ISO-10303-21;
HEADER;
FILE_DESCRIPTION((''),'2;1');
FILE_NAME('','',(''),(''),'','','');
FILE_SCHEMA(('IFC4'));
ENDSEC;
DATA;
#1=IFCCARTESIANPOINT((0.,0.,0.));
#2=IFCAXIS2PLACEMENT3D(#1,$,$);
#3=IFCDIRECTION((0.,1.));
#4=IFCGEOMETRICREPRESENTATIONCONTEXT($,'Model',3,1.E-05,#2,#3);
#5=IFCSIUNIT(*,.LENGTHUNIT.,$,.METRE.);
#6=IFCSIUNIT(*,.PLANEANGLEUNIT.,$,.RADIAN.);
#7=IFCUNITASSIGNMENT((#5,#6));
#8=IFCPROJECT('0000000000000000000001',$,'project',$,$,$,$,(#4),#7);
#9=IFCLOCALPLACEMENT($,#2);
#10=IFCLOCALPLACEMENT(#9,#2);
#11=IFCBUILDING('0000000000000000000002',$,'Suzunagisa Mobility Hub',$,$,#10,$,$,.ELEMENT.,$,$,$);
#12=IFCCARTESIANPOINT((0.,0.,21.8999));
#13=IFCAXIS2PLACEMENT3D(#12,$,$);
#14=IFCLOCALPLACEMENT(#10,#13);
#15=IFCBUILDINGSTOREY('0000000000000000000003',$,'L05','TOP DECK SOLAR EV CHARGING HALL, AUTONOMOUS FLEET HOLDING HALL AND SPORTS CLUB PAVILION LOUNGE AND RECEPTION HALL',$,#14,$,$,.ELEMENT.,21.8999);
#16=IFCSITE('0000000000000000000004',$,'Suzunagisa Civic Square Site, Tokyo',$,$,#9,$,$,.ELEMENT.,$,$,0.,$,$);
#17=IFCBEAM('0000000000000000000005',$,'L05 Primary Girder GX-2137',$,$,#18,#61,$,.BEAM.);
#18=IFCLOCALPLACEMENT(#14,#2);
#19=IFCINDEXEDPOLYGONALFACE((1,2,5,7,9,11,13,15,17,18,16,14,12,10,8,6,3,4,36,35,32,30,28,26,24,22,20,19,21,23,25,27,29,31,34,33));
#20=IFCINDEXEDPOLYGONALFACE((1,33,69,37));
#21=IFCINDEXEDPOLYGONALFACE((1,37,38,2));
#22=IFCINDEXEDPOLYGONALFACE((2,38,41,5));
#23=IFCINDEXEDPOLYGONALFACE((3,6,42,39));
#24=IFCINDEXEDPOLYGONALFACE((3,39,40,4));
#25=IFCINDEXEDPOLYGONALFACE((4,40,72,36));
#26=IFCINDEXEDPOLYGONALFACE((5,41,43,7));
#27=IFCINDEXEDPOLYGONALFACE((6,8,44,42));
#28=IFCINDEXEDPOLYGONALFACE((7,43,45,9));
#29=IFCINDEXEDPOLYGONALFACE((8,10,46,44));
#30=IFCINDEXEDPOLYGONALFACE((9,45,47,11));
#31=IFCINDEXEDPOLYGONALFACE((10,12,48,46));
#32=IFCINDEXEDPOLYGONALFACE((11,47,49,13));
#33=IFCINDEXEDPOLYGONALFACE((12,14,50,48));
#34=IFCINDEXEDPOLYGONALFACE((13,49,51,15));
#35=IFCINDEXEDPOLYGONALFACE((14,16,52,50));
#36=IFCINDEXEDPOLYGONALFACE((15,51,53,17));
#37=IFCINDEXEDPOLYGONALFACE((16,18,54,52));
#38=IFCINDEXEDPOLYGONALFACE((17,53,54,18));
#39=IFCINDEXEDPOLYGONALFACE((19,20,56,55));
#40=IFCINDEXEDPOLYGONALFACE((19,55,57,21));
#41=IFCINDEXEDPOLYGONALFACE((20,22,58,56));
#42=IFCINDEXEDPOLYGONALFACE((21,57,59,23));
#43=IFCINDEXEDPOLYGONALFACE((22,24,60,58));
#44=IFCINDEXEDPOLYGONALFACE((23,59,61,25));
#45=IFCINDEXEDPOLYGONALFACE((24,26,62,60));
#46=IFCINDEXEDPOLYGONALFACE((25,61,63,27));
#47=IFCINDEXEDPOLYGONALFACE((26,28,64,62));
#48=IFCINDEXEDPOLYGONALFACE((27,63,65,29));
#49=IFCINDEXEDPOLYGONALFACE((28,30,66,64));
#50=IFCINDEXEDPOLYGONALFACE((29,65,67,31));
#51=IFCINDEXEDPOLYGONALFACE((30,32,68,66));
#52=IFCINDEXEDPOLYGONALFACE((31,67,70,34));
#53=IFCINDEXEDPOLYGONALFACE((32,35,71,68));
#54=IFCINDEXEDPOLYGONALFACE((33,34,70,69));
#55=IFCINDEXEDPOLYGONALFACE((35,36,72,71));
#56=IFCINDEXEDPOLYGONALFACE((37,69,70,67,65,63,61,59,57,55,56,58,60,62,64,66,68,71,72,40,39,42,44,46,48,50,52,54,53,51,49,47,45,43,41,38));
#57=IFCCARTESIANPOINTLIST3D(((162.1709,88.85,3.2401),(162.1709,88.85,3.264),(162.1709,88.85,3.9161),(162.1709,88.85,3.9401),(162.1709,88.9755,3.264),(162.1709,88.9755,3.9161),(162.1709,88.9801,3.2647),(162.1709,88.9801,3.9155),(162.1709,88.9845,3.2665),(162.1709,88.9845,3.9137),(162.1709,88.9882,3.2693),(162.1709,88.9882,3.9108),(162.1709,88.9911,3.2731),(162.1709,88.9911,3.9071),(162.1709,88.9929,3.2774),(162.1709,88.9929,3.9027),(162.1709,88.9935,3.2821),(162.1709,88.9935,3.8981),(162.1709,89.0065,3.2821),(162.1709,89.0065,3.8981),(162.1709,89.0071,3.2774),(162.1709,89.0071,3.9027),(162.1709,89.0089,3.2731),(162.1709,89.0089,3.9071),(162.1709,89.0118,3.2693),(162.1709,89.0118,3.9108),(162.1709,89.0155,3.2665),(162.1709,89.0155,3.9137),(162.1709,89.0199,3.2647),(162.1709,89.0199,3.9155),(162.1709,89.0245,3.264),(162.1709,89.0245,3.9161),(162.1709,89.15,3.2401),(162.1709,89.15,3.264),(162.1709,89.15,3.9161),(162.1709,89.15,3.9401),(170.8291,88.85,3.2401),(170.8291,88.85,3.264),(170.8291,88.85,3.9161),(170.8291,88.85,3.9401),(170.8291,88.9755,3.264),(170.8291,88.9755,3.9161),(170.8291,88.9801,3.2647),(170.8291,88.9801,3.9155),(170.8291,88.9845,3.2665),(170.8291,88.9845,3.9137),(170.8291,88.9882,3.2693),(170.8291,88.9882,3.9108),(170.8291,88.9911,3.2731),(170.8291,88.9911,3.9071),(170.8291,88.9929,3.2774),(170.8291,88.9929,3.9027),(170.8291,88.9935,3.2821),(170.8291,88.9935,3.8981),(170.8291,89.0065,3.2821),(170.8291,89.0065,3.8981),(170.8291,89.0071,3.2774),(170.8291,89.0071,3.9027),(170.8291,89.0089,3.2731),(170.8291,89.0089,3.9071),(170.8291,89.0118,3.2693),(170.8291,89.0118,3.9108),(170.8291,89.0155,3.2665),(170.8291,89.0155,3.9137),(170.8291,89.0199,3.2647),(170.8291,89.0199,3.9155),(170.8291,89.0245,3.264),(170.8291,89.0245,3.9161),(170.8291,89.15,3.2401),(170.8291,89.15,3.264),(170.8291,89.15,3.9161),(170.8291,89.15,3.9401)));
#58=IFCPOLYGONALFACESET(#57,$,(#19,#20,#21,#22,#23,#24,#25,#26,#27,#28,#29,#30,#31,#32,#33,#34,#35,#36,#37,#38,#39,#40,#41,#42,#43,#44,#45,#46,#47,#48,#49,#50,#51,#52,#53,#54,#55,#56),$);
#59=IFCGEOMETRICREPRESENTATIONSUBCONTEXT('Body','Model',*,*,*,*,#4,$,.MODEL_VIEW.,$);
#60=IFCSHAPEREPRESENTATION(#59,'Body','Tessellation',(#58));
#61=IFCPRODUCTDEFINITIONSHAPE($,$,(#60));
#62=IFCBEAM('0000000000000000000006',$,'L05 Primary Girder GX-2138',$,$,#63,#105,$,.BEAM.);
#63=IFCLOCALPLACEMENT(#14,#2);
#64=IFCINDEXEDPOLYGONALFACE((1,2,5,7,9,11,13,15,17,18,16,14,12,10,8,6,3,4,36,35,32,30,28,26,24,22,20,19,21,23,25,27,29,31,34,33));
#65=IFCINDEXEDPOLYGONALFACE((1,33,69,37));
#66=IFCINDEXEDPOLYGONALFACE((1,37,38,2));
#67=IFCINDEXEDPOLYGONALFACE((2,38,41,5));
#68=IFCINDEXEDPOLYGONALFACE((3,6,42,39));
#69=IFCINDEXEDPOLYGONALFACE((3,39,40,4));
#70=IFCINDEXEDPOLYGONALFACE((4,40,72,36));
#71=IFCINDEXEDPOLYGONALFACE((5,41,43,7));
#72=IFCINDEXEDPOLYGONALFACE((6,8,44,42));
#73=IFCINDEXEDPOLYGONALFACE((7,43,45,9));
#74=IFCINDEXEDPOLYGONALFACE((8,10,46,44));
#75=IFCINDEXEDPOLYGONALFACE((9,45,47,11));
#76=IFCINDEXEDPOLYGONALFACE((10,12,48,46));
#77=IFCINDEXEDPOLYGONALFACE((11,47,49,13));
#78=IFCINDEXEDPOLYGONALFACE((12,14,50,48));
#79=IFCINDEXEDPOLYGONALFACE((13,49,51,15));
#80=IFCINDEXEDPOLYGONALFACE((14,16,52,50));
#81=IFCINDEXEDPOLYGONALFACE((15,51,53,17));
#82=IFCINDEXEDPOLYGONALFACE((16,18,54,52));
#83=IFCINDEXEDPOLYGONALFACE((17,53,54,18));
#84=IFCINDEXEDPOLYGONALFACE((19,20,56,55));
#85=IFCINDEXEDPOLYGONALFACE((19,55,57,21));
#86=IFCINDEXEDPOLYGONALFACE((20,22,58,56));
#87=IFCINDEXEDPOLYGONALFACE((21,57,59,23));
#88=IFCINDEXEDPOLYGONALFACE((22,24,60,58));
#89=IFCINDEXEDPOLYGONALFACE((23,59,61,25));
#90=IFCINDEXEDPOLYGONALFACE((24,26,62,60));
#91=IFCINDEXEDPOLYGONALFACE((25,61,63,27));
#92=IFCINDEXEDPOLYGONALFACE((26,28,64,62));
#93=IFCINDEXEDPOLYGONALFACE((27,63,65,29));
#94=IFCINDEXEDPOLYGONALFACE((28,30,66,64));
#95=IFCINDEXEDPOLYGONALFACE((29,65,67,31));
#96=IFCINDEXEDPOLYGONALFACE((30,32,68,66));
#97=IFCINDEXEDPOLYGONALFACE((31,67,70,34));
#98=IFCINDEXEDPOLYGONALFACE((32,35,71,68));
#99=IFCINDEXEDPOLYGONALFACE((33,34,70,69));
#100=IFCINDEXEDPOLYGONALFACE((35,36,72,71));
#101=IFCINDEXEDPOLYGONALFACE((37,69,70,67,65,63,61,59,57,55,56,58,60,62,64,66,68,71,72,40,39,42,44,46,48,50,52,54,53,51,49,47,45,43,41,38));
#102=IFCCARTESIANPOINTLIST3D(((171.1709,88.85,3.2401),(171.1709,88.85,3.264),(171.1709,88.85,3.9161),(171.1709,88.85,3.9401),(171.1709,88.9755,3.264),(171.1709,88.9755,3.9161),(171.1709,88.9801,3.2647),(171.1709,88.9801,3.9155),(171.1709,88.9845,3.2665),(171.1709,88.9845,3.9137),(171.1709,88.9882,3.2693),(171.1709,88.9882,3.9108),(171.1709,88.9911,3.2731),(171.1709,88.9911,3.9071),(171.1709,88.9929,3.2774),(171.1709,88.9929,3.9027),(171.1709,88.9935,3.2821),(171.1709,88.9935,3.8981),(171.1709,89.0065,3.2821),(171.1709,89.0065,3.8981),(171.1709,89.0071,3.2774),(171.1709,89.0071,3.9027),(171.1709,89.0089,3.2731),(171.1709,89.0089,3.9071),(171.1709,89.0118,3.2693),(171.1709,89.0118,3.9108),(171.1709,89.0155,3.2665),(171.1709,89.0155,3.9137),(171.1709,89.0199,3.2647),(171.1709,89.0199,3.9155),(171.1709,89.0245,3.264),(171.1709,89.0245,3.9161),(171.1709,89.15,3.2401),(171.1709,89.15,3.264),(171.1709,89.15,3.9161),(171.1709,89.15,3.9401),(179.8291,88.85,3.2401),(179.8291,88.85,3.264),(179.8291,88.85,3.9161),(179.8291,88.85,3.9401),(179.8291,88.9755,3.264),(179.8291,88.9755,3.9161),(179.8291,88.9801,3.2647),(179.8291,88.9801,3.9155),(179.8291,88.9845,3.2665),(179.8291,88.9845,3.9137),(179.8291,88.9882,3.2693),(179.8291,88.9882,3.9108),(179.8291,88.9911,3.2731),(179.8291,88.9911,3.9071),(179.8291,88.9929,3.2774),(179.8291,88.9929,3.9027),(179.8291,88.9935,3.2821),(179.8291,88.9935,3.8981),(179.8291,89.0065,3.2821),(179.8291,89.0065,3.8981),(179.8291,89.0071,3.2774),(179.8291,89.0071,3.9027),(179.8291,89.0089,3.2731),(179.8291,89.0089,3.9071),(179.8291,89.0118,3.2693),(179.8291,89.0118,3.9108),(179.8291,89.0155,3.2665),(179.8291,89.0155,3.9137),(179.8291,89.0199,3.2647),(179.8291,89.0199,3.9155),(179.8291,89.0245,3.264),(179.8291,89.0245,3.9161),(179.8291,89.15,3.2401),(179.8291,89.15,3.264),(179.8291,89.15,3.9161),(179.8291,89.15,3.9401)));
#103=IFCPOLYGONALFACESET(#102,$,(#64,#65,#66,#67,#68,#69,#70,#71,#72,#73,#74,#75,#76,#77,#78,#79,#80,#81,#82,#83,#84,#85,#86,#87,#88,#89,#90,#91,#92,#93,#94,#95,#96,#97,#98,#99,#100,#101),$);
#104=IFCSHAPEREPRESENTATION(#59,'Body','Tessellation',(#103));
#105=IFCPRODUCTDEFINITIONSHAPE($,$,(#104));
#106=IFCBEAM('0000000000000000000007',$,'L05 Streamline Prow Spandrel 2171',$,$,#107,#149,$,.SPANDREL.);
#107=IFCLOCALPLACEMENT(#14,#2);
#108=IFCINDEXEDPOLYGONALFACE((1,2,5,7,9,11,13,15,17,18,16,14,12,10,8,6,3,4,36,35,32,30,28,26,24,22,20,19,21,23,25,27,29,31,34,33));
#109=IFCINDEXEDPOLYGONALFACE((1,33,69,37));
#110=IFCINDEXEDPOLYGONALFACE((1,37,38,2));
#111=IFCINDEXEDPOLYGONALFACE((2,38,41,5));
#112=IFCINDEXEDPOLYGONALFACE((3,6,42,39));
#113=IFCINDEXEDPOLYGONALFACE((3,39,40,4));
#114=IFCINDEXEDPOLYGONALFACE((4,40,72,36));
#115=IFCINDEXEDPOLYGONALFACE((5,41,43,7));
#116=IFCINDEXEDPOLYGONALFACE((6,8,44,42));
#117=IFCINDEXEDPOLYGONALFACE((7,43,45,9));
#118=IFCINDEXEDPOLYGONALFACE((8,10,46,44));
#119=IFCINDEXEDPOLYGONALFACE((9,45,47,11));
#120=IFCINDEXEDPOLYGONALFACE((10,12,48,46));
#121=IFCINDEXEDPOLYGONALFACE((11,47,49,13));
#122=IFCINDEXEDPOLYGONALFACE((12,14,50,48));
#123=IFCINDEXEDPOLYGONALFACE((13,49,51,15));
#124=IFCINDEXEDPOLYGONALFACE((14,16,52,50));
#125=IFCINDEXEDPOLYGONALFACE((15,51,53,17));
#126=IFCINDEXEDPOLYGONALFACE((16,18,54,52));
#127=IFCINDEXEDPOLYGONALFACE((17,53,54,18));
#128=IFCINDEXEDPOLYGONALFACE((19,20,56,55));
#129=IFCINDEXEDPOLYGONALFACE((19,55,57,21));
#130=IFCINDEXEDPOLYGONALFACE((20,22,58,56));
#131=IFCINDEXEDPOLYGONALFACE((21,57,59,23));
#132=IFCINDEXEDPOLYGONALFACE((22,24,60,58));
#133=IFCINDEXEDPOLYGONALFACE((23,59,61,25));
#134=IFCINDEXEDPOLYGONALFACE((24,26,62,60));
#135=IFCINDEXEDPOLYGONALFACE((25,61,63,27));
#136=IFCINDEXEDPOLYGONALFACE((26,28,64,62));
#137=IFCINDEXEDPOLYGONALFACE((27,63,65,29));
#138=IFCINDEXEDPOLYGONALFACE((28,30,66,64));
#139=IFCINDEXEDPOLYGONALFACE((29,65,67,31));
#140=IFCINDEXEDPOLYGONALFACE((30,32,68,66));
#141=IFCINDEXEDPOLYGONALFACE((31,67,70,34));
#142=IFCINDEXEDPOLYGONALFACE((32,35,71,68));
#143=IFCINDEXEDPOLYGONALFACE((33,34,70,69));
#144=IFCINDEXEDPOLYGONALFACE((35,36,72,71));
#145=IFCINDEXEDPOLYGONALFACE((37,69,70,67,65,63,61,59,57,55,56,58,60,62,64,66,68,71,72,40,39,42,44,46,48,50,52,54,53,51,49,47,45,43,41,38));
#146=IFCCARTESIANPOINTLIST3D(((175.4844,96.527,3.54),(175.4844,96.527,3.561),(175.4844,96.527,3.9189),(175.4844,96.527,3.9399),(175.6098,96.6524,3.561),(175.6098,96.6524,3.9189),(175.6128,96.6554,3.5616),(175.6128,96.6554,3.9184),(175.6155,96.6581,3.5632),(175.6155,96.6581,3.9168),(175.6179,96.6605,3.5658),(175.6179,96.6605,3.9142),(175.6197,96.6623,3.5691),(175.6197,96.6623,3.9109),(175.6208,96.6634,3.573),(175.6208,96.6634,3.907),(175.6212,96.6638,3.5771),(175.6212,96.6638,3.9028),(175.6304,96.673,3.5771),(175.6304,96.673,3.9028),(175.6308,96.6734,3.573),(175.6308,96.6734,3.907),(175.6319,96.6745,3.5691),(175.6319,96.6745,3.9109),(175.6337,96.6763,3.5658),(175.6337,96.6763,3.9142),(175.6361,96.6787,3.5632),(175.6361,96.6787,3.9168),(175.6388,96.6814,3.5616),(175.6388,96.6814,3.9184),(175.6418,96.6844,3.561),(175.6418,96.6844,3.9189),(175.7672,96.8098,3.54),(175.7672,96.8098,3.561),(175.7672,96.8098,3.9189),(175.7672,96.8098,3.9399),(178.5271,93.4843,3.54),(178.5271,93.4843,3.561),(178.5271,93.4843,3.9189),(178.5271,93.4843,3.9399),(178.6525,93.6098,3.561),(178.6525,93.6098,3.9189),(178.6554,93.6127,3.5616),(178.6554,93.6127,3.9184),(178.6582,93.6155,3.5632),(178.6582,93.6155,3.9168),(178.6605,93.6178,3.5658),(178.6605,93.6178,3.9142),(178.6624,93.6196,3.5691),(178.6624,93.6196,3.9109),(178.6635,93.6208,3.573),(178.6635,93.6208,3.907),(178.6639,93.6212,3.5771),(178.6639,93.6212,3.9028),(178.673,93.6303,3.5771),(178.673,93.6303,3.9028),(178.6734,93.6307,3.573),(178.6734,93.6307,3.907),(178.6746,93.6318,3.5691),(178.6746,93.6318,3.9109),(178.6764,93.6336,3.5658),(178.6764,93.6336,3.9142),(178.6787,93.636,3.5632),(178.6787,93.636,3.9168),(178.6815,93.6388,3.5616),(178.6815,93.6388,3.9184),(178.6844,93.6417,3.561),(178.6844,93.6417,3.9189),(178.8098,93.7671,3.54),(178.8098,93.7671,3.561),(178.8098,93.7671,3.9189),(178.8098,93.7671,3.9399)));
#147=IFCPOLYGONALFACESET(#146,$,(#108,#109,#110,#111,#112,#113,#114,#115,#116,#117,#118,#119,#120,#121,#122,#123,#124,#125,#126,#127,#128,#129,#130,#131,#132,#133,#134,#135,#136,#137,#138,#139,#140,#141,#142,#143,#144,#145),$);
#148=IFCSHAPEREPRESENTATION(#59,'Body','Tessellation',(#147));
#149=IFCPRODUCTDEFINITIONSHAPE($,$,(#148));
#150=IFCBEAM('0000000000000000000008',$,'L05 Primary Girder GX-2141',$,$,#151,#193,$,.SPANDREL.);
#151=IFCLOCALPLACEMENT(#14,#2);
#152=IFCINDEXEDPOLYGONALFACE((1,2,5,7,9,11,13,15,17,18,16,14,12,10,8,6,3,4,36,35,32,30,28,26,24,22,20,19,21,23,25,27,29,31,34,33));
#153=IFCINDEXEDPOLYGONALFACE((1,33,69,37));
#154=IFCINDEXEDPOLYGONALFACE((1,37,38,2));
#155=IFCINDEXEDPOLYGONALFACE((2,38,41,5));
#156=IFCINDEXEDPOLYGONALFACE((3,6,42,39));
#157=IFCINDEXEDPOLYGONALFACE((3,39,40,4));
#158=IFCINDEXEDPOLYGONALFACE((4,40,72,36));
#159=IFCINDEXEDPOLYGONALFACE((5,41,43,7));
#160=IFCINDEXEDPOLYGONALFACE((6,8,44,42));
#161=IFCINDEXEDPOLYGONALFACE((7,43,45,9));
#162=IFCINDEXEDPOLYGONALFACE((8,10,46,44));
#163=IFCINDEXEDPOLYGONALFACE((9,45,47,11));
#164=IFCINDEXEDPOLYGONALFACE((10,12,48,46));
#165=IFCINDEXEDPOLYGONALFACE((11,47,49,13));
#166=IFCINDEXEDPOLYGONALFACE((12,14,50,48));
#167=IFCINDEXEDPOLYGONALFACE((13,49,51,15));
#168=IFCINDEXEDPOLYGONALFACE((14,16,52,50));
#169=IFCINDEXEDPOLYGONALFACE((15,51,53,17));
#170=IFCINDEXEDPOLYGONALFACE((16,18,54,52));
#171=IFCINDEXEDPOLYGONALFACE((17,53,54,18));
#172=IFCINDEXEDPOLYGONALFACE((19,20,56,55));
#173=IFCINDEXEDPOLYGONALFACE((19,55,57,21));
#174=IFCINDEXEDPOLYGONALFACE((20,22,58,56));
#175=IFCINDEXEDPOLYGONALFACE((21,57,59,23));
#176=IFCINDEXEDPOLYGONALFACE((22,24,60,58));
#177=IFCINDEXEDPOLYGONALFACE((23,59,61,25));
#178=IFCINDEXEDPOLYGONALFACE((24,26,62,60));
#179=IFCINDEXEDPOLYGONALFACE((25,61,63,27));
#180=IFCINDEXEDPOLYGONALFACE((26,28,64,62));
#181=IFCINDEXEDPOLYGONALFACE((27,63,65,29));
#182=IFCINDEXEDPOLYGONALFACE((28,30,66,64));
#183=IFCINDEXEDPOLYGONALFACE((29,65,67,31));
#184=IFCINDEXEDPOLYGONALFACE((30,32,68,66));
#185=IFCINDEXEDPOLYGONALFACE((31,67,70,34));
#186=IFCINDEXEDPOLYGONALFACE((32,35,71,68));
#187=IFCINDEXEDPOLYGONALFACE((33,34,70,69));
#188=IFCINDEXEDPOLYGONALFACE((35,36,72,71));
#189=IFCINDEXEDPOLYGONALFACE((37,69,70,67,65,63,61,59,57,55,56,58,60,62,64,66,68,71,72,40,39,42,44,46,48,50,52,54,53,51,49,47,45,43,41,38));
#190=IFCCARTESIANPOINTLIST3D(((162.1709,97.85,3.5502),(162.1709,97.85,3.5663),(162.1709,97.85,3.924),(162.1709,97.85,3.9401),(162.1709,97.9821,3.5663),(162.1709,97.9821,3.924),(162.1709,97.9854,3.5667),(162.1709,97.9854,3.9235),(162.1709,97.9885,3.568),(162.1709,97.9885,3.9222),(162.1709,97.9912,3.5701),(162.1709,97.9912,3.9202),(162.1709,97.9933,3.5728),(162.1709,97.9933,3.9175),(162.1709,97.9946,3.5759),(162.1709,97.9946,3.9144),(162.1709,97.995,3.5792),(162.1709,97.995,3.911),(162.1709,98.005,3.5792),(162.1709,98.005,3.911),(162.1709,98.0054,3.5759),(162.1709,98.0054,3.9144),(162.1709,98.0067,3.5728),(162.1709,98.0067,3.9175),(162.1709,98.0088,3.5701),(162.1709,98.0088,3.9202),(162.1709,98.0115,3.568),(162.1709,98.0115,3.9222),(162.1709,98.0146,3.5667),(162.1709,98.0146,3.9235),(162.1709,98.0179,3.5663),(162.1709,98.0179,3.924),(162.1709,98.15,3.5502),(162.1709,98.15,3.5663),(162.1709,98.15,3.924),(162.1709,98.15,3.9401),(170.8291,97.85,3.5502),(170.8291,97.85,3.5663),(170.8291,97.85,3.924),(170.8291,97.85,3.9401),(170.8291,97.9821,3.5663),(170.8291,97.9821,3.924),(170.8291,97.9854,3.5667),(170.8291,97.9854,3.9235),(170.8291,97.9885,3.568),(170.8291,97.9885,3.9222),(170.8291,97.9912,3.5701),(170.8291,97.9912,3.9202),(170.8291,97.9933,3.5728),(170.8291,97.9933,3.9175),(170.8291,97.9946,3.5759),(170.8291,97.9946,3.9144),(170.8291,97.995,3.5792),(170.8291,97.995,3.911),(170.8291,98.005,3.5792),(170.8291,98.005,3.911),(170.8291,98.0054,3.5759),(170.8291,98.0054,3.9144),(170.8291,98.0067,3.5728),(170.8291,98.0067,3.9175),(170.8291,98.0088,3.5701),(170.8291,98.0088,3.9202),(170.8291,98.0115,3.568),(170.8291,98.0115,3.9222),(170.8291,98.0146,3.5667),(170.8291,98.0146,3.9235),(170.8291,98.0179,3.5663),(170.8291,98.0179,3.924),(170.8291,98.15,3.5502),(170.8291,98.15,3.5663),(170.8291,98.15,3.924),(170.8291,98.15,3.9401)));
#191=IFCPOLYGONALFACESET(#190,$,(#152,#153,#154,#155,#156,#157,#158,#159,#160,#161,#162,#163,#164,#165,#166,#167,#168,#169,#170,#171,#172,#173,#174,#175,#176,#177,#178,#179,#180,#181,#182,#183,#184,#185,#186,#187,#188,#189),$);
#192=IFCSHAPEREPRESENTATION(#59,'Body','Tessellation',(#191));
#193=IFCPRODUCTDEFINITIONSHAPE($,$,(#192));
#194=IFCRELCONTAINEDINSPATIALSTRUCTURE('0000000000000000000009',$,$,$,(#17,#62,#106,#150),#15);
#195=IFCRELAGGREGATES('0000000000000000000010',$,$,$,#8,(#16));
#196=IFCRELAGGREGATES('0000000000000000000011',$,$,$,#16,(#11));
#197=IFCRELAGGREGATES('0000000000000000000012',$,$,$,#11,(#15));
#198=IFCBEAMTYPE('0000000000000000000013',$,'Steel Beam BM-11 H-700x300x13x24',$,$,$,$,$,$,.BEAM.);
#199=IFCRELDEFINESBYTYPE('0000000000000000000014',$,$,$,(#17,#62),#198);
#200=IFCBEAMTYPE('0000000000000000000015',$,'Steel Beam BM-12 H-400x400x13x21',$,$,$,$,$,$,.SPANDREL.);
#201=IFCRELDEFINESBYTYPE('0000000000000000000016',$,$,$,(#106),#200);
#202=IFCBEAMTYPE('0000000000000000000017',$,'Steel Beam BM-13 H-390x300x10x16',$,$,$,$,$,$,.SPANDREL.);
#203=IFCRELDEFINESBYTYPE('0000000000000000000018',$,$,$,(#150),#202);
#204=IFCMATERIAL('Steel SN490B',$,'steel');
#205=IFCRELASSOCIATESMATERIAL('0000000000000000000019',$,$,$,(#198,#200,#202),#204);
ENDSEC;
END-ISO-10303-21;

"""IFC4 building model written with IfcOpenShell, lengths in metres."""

from ifc_helpers import new_model, si_unit, direction, frame, origin, origin_2d, place, context, subcontext, project, spatial, i_section, extrude, material, material_profile, profile_set, type_object, element, save


model = new_model("IFC4")

# Units and contexts
model_context = context("Model", 3, precision=1e-05, world=origin(), true_north=direction((0.0, 1.0)))
body_context = subcontext(model_context, "Body", "Model", "MODEL_VIEW")
ifc_project = project(units=[si_unit("LENGTHUNIT", "METRE"), si_unit("PLANEANGLEUNIT", "RADIAN")], contexts=[model_context])

# Site, building, storey
site_placement = place(None, origin())
site = spatial("IfcSite", under=ifc_project, at=site_placement, Name="Suzunagisa Civic Square Site, Tokyo", CompositionType="ELEMENT", RefElevation=0.0)
building_placement = place(site_placement, origin())
building = spatial("IfcBuilding", under=site, at=building_placement, Name="Suzunagisa Mobility Hub", CompositionType="ELEMENT")
storey_placement = place(building_placement, frame((0.0, 0.0, 21.8999)))
storey = spatial("IfcBuildingStorey", under=building, at=storey_placement, Name="L05", Description="TOP DECK SOLAR EV CHARGING HALL, AUTONOMOUS FLEET HOLDING HALL AND SPORTS CLUB PAVILION LOUNGE AND RECEPTION HALL", CompositionType="ELEMENT", Elevation=21.8999)

# Shared definitions
ifc_material_1 = material(Name="Steel SN490B", Category="steel")

# Beams
ifc_material_profile_1 = material_profile(ifc_material_1, i_section(OverallWidth=0.3, OverallDepth=0.7, WebThickness=0.0129, FlangeThickness=0.0239, FilletRadius=0.0181, at=origin_2d()), Name="H-700x300x13x24")
ifc_profile_set_1 = profile_set([ifc_material_profile_1], Name="Steel SN490B")
beam_type_1 = type_object("IfcBeamType", Name="Steel Beam BM-11 H-700x300x13x24", PredefinedType="BEAM", material=ifc_profile_set_1)
for number, where, z_axis, x_axis, name in (
    (1, (162.1709, 89.0, 3.5901), (1.0, 0.0, 0.0), (0.0, 1.0, 0.0), "L05 Primary Girder GX-2137"),
    (2, (171.1709, 89.0, 3.5901), (1.0, 0.0, 0.0), (0.0, 1.0, 0.0), "L05 Primary Girder GX-2138"),
):
    element("IfcBeam", number, at=place(storey_placement, frame(where, z_axis=z_axis, x_axis=x_axis)), inside=storey, type_object=beam_type_1, Name=name, PredefinedType="BEAM", context=body_context, shape_type="SweptSolid", body=[
        extrude(i_section(OverallWidth=0.3, OverallDepth=0.7, WebThickness=0.0129, FlangeThickness=0.0239, FilletRadius=0.0181, at=origin_2d()), origin(), (0.0, 0.0, 1.0), 8.6582),
    ])
ifc_material_profile_2 = material_profile(ifc_material_1, i_section(OverallWidth=0.3999, OverallDepth=0.3999, WebThickness=0.0129, FlangeThickness=0.021, FilletRadius=0.0161, at=origin_2d()), Name="H-400x400x13x21")
ifc_profile_set_2 = profile_set([ifc_material_profile_2], Name="Steel SN490B")
beam_type_2 = type_object("IfcBeamType", Name="Steel Beam BM-12 H-400x400x13x21", PredefinedType="SPANDREL", material=ifc_profile_set_2)
beam_placement = place(storey_placement, frame((178.6685, 93.6257, 3.74), z_axis=(-0.707107, 0.707107, 0.0), x_axis=(-0.707107, -0.707107, 0.0)))
element("IfcBeam", 3, at=beam_placement, inside=storey, type_object=beam_type_2, Name="L05 Streamline Prow Spandrel 2171", PredefinedType="SPANDREL", context=body_context, shape_type="SweptSolid", body=[
    extrude(i_section(OverallWidth=0.3999, OverallDepth=0.3999, WebThickness=0.0129, FlangeThickness=0.021, FilletRadius=0.0161, at=origin_2d()), origin(), (0.0, 0.0, 1.0), 4.303),
])
ifc_material_profile_3 = material_profile(ifc_material_1, i_section(OverallWidth=0.3, OverallDepth=0.3899, WebThickness=0.01, FlangeThickness=0.0161, FilletRadius=0.0129, at=origin_2d()), Name="H-390x300x10x16")
ifc_profile_set_3 = profile_set([ifc_material_profile_3], Name="Steel SN490B")
beam_type_3 = type_object("IfcBeamType", Name="Steel Beam BM-13 H-390x300x10x16", PredefinedType="SPANDREL", material=ifc_profile_set_3)
for number, where, z_axis, x_axis, name in (
    (4, (162.1709, 98.0, 3.7451), (1.0, 0.0, 0.0), (0.0, 1.0, 0.0), "L05 Primary Girder GX-2141"),
):
    element("IfcBeam", number, at=place(storey_placement, frame(where, z_axis=z_axis, x_axis=x_axis)), inside=storey, type_object=beam_type_3, Name=name, PredefinedType="SPANDREL", context=body_context, shape_type="SweptSolid", body=[
        extrude(i_section(OverallWidth=0.3, OverallDepth=0.3899, WebThickness=0.01, FlangeThickness=0.0161, FilletRadius=0.0129, at=origin_2d()), origin(), (0.0, 0.0, 1.0), 8.6582),
    ])

save(model, "model.ifc")
